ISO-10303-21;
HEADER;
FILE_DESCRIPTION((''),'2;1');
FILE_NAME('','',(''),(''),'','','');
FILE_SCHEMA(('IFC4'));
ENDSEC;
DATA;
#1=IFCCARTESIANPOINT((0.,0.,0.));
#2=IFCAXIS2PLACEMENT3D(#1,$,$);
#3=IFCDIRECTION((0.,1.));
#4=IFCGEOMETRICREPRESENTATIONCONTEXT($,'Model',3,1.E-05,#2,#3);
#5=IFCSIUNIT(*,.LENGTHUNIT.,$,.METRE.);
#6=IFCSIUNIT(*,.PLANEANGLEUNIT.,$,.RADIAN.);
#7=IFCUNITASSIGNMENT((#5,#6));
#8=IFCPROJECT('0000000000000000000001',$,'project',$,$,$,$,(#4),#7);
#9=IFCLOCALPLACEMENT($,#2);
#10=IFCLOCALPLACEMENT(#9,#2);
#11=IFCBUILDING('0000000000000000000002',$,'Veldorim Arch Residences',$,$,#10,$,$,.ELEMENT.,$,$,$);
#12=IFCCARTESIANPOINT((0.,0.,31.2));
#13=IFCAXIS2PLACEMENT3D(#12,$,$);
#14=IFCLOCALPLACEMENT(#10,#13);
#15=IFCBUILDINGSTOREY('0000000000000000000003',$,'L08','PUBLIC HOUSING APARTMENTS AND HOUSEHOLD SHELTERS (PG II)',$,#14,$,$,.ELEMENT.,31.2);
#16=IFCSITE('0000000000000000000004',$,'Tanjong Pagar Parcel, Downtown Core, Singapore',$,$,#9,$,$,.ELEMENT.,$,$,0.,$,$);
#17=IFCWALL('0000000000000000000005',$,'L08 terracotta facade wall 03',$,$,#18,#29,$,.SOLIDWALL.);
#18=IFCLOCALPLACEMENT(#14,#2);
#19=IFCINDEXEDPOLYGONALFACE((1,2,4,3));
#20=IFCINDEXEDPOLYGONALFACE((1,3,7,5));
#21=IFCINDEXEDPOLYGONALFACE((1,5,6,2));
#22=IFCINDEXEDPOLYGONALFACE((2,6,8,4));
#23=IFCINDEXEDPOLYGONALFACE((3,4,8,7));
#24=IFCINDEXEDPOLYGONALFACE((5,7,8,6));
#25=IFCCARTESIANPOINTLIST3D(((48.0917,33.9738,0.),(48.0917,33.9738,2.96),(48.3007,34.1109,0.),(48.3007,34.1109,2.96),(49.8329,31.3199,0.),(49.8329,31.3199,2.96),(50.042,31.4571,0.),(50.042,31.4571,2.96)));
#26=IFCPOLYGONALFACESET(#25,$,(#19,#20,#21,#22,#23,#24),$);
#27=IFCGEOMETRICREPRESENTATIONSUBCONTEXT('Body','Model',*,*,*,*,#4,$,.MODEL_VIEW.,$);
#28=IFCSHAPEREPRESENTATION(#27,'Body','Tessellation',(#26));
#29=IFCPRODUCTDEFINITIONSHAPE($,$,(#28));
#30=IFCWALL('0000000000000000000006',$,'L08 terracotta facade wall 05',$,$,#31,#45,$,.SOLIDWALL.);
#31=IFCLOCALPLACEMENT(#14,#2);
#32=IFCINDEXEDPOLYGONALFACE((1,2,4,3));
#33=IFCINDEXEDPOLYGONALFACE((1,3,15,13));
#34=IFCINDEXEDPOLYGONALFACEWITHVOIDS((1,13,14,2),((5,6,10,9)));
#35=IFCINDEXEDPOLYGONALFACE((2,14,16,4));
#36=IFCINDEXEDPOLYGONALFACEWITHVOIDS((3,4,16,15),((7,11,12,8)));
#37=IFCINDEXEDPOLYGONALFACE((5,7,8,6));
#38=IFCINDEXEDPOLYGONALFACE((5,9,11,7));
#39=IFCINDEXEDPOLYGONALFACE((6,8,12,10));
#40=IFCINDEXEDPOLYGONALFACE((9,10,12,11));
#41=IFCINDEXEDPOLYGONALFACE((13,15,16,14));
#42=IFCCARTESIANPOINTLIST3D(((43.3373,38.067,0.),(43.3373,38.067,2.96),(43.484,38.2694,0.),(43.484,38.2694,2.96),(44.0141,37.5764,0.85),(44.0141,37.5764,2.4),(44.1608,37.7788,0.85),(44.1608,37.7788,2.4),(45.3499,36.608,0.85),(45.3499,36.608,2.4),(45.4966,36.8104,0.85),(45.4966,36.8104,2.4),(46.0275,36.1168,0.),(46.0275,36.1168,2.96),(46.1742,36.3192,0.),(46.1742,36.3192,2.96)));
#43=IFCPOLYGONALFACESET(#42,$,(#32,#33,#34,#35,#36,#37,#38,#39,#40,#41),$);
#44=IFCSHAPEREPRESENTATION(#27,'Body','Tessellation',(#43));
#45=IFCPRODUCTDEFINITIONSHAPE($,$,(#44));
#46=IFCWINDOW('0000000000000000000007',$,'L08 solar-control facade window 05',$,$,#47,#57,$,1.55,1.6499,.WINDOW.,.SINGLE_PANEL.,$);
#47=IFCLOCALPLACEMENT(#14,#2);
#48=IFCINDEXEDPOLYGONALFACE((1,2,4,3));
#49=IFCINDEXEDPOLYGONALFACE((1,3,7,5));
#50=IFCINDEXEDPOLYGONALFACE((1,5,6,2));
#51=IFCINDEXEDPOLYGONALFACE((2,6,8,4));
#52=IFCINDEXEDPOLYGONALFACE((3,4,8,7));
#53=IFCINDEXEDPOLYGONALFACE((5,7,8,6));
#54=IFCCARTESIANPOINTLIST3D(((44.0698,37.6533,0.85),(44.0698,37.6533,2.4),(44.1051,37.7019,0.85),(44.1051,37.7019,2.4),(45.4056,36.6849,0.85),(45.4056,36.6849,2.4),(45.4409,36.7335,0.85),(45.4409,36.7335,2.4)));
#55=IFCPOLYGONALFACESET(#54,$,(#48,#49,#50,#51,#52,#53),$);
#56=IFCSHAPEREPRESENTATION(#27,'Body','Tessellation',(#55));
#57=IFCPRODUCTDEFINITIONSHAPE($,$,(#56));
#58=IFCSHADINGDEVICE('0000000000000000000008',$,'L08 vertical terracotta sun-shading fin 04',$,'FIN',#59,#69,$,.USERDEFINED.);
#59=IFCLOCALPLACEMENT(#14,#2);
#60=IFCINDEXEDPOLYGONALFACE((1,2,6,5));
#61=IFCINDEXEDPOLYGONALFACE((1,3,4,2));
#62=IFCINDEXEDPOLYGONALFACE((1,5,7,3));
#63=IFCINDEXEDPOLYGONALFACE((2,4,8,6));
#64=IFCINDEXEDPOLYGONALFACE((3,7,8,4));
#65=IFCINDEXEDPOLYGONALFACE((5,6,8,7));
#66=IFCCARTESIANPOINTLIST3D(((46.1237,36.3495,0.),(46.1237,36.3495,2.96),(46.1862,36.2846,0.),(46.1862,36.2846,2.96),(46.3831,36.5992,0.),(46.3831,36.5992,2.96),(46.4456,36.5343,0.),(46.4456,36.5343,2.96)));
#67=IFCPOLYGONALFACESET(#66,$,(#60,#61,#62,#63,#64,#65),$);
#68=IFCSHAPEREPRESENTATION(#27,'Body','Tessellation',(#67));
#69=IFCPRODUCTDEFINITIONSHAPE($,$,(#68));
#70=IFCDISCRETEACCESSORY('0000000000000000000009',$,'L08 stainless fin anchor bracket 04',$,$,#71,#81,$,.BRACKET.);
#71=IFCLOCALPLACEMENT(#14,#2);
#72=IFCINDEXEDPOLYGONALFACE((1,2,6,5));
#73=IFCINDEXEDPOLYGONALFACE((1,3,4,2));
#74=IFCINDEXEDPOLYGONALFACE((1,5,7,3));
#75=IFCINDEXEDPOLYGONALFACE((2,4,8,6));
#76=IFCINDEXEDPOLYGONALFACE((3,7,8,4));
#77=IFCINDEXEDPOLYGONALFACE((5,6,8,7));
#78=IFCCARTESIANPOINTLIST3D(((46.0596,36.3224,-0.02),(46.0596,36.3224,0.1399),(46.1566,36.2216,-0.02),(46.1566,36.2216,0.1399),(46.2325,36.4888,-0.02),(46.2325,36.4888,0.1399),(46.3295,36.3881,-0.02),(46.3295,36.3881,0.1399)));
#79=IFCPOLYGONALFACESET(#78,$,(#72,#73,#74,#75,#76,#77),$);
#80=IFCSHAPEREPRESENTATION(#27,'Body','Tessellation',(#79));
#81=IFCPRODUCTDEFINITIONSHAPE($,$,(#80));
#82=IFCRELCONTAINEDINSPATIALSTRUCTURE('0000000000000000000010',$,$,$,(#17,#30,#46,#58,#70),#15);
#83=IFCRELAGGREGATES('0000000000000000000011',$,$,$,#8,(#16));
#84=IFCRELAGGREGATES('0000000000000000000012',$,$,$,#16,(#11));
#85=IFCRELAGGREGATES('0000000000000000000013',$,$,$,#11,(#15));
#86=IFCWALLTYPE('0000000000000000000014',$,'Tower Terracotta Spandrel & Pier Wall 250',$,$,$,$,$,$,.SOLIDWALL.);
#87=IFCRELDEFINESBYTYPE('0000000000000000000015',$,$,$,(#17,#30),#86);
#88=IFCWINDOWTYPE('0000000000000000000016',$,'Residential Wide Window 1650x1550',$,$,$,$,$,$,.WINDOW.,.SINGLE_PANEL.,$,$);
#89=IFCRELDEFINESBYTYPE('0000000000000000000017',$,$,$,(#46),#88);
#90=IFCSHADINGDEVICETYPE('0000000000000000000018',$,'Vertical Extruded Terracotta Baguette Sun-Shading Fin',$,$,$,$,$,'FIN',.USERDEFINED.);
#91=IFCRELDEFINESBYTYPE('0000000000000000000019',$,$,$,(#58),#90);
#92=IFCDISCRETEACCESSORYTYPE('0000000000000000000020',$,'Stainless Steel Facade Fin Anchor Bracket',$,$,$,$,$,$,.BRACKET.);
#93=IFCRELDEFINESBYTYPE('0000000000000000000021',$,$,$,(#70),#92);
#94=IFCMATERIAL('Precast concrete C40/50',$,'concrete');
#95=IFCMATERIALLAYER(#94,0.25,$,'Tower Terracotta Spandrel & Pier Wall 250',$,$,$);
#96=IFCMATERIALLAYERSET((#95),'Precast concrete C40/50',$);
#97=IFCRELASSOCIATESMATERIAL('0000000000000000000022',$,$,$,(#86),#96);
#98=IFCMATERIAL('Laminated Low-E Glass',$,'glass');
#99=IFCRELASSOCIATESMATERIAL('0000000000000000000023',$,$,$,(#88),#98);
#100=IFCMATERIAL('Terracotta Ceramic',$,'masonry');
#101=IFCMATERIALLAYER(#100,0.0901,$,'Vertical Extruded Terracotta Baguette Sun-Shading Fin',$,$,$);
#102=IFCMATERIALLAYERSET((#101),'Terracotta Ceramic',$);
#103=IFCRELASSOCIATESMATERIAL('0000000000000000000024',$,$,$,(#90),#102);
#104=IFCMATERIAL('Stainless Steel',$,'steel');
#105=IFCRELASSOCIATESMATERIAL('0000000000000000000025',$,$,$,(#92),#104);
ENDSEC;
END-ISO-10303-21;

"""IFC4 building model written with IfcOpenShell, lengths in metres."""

from ifc_helpers import new_model, si_unit, direction, frame, frame_2d, origin, origin_2d, place, context, subcontext, project, spatial, rectangle, extrude, material, layer, layer_set, type_object, element, fill, save


model = new_model("IFC4")

# Units and contexts
model_context = context("Model", 3, precision=1e-05, world=origin(), true_north=direction((0.0, 1.0)))
body_context = subcontext(model_context, "Body", "Model", "MODEL_VIEW")
ifc_project = project(units=[si_unit("LENGTHUNIT", "METRE"), si_unit("PLANEANGLEUNIT", "RADIAN")], contexts=[model_context])

# Site, building, storey
site_placement = place(None, origin())
site = spatial("IfcSite", under=ifc_project, at=site_placement, Name="Tanjong Pagar Parcel, Downtown Core, Singapore", CompositionType="ELEMENT", RefElevation=0.0)
building_placement = place(site_placement, origin())
building = spatial("IfcBuilding", under=site, at=building_placement, Name="Veldorim Arch Residences", CompositionType="ELEMENT")
storey_placement = place(building_placement, frame((0.0, 0.0, 31.2)))
storey = spatial("IfcBuildingStorey", under=building, at=storey_placement, Name="L08", Description="PUBLIC HOUSING APARTMENTS AND HOUSEHOLD SHELTERS (PG II)", CompositionType="ELEMENT", Elevation=31.2)

# Wall
ifc_material_1 = material(Name="Precast concrete C40/50", Category="concrete")
ifc_layer_1 = layer(ifc_material_1, 0.25, Name="Tower Terracotta Spandrel & Pier Wall 250")
ifc_layer_set_1 = layer_set([ifc_layer_1], Name="Precast concrete C40/50")
wall_type_1 = type_object("IfcWallType", Name="Tower Terracotta Spandrel & Pier Wall 250", PredefinedType="SOLIDWALL", material=ifc_layer_set_1)
wall_1_placement = place(storey_placement, frame((48.1963, 34.0422, 0.0), z_axis=(0.0, 0.0, 1.0), x_axis=(0.548579, -0.836099, 0.0)))
element("IfcWall", 1, at=wall_1_placement, inside=storey, type_object=wall_type_1, Name="L08 terracotta facade wall 03", PredefinedType="SOLIDWALL", context=body_context, shape_type="SweptSolid", body=[
    extrude(rectangle(XDim=3.1741, YDim=0.25, at=frame_2d((1.5869, 0.0))), origin(), (0.0, 0.0, 1.0), 2.96),
])

# Wall, opening, window
wall_2_placement = place(storey_placement, frame((43.4106, 38.1682, 0.0), z_axis=(0.0, 0.0, 1.0), x_axis=(0.809638, -0.58693, 0.0)))
wall_2 = element("IfcWall", 2, at=wall_2_placement, inside=storey, type_object=wall_type_1, Name="L08 terracotta facade wall 05", PredefinedType="SOLIDWALL", context=body_context, shape_type="SweptSolid", body=[
    extrude(rectangle(XDim=3.3228, YDim=0.25, at=frame_2d((1.6614, 0.0))), origin(), (0.0, 0.0, 1.0), 2.96),
])
opening_1_placement = place(wall_2_placement, frame((0.8359, 0.0, 0.8501)))
opening_1 = element("IfcOpeningElement", 3, at=opening_1_placement, cuts=wall_2, PredefinedType="OPENING", context=body_context, shape_type="SweptSolid", body=[
    extrude(rectangle(XDim=1.6499, YDim=1.55, at=frame_2d((0.825, 0.7749))), frame((0.0, 0.135, 0.0), z_axis=(0.0, -1.0, 0.0), x_axis=(1.0, 0.0, 0.0)), (0.0, 0.0, 1.0), 0.27),
])
ifc_material_2 = material(Name="Laminated Low-E Glass", Category="glass")
window_type = type_object("IfcWindowType", Name="Residential Wide Window 1650x1550", PartitioningType="SINGLE_PANEL", PredefinedType="WINDOW", material=ifc_material_2)
window_placement = place(opening_1_placement, origin())
window = element("IfcWindow", 4, at=window_placement, inside=storey, type_object=window_type, Name="L08 solar-control facade window 05", OverallHeight=1.55, OverallWidth=1.6499, PartitioningType="SINGLE_PANEL", PredefinedType="WINDOW", context=body_context, shape_type="SweptSolid", body=[
    extrude(rectangle(XDim=1.6499, YDim=1.55, at=frame_2d((0.825, 0.7749))), frame((0.0, 0.03, 0.0), z_axis=(0.0, -1.0, 0.0), x_axis=(1.0, 0.0, 0.0)), (0.0, 0.0, 1.0), 0.0601),
])
fill(opening_1, window)

# Shading device
ifc_material_3 = material(Name="Terracotta Ceramic", Category="masonry")
ifc_layer_2 = layer(ifc_material_3, 0.0901, Name="Vertical Extruded Terracotta Baguette Sun-Shading Fin")
ifc_layer_set_2 = layer_set([ifc_layer_2], Name="Terracotta Ceramic")
shading_device_type = type_object("IfcShadingDeviceType", Name="Vertical Extruded Terracotta Baguette Sun-Shading Fin", ElementType="FIN", PredefinedType="USERDEFINED", material=ifc_layer_set_2)
shading_device_placement = place(storey_placement, frame((46.2847, 36.4419, 0.0), z_axis=(0.0, 0.0, 1.0), x_axis=(0.693528, -0.72043, 0.0)))
element("IfcShadingDevice", 5, at=shading_device_placement, inside=storey, type_object=shading_device_type, Name="L08 vertical terracotta sun-shading fin 04", ObjectType="FIN", PredefinedType="USERDEFINED", context=body_context, shape_type="SweptSolid", body=[
    extrude(rectangle(XDim=0.0901, YDim=0.3601, at=origin_2d()), origin(), (0.0, 0.0, 1.0), 2.96),
])

# Discrete accessory
ifc_material_4 = material(Name="Stainless Steel", Category="steel")
discrete_accessory_type = type_object("IfcDiscreteAccessoryType", Name="Stainless Steel Facade Fin Anchor Bracket", PredefinedType="BRACKET", material=ifc_material_4)
discrete_accessory_placement = place(storey_placement, frame((46.1946, 36.3552, -0.02), z_axis=(0.0, 0.0, 1.0), x_axis=(0.693528, -0.72043, 0.0)))
element("IfcDiscreteAccessory", 6, at=discrete_accessory_placement, inside=storey, type_object=discrete_accessory_type, Name="L08 stainless fin anchor bracket 04", PredefinedType="BRACKET", context=body_context, shape_type="SweptSolid", body=[
    extrude(rectangle(XDim=0.1399, YDim=0.24, at=origin_2d()), origin(), (0.0, 0.0, 1.0), 0.1599),
])

save(model, "model.ifc")
